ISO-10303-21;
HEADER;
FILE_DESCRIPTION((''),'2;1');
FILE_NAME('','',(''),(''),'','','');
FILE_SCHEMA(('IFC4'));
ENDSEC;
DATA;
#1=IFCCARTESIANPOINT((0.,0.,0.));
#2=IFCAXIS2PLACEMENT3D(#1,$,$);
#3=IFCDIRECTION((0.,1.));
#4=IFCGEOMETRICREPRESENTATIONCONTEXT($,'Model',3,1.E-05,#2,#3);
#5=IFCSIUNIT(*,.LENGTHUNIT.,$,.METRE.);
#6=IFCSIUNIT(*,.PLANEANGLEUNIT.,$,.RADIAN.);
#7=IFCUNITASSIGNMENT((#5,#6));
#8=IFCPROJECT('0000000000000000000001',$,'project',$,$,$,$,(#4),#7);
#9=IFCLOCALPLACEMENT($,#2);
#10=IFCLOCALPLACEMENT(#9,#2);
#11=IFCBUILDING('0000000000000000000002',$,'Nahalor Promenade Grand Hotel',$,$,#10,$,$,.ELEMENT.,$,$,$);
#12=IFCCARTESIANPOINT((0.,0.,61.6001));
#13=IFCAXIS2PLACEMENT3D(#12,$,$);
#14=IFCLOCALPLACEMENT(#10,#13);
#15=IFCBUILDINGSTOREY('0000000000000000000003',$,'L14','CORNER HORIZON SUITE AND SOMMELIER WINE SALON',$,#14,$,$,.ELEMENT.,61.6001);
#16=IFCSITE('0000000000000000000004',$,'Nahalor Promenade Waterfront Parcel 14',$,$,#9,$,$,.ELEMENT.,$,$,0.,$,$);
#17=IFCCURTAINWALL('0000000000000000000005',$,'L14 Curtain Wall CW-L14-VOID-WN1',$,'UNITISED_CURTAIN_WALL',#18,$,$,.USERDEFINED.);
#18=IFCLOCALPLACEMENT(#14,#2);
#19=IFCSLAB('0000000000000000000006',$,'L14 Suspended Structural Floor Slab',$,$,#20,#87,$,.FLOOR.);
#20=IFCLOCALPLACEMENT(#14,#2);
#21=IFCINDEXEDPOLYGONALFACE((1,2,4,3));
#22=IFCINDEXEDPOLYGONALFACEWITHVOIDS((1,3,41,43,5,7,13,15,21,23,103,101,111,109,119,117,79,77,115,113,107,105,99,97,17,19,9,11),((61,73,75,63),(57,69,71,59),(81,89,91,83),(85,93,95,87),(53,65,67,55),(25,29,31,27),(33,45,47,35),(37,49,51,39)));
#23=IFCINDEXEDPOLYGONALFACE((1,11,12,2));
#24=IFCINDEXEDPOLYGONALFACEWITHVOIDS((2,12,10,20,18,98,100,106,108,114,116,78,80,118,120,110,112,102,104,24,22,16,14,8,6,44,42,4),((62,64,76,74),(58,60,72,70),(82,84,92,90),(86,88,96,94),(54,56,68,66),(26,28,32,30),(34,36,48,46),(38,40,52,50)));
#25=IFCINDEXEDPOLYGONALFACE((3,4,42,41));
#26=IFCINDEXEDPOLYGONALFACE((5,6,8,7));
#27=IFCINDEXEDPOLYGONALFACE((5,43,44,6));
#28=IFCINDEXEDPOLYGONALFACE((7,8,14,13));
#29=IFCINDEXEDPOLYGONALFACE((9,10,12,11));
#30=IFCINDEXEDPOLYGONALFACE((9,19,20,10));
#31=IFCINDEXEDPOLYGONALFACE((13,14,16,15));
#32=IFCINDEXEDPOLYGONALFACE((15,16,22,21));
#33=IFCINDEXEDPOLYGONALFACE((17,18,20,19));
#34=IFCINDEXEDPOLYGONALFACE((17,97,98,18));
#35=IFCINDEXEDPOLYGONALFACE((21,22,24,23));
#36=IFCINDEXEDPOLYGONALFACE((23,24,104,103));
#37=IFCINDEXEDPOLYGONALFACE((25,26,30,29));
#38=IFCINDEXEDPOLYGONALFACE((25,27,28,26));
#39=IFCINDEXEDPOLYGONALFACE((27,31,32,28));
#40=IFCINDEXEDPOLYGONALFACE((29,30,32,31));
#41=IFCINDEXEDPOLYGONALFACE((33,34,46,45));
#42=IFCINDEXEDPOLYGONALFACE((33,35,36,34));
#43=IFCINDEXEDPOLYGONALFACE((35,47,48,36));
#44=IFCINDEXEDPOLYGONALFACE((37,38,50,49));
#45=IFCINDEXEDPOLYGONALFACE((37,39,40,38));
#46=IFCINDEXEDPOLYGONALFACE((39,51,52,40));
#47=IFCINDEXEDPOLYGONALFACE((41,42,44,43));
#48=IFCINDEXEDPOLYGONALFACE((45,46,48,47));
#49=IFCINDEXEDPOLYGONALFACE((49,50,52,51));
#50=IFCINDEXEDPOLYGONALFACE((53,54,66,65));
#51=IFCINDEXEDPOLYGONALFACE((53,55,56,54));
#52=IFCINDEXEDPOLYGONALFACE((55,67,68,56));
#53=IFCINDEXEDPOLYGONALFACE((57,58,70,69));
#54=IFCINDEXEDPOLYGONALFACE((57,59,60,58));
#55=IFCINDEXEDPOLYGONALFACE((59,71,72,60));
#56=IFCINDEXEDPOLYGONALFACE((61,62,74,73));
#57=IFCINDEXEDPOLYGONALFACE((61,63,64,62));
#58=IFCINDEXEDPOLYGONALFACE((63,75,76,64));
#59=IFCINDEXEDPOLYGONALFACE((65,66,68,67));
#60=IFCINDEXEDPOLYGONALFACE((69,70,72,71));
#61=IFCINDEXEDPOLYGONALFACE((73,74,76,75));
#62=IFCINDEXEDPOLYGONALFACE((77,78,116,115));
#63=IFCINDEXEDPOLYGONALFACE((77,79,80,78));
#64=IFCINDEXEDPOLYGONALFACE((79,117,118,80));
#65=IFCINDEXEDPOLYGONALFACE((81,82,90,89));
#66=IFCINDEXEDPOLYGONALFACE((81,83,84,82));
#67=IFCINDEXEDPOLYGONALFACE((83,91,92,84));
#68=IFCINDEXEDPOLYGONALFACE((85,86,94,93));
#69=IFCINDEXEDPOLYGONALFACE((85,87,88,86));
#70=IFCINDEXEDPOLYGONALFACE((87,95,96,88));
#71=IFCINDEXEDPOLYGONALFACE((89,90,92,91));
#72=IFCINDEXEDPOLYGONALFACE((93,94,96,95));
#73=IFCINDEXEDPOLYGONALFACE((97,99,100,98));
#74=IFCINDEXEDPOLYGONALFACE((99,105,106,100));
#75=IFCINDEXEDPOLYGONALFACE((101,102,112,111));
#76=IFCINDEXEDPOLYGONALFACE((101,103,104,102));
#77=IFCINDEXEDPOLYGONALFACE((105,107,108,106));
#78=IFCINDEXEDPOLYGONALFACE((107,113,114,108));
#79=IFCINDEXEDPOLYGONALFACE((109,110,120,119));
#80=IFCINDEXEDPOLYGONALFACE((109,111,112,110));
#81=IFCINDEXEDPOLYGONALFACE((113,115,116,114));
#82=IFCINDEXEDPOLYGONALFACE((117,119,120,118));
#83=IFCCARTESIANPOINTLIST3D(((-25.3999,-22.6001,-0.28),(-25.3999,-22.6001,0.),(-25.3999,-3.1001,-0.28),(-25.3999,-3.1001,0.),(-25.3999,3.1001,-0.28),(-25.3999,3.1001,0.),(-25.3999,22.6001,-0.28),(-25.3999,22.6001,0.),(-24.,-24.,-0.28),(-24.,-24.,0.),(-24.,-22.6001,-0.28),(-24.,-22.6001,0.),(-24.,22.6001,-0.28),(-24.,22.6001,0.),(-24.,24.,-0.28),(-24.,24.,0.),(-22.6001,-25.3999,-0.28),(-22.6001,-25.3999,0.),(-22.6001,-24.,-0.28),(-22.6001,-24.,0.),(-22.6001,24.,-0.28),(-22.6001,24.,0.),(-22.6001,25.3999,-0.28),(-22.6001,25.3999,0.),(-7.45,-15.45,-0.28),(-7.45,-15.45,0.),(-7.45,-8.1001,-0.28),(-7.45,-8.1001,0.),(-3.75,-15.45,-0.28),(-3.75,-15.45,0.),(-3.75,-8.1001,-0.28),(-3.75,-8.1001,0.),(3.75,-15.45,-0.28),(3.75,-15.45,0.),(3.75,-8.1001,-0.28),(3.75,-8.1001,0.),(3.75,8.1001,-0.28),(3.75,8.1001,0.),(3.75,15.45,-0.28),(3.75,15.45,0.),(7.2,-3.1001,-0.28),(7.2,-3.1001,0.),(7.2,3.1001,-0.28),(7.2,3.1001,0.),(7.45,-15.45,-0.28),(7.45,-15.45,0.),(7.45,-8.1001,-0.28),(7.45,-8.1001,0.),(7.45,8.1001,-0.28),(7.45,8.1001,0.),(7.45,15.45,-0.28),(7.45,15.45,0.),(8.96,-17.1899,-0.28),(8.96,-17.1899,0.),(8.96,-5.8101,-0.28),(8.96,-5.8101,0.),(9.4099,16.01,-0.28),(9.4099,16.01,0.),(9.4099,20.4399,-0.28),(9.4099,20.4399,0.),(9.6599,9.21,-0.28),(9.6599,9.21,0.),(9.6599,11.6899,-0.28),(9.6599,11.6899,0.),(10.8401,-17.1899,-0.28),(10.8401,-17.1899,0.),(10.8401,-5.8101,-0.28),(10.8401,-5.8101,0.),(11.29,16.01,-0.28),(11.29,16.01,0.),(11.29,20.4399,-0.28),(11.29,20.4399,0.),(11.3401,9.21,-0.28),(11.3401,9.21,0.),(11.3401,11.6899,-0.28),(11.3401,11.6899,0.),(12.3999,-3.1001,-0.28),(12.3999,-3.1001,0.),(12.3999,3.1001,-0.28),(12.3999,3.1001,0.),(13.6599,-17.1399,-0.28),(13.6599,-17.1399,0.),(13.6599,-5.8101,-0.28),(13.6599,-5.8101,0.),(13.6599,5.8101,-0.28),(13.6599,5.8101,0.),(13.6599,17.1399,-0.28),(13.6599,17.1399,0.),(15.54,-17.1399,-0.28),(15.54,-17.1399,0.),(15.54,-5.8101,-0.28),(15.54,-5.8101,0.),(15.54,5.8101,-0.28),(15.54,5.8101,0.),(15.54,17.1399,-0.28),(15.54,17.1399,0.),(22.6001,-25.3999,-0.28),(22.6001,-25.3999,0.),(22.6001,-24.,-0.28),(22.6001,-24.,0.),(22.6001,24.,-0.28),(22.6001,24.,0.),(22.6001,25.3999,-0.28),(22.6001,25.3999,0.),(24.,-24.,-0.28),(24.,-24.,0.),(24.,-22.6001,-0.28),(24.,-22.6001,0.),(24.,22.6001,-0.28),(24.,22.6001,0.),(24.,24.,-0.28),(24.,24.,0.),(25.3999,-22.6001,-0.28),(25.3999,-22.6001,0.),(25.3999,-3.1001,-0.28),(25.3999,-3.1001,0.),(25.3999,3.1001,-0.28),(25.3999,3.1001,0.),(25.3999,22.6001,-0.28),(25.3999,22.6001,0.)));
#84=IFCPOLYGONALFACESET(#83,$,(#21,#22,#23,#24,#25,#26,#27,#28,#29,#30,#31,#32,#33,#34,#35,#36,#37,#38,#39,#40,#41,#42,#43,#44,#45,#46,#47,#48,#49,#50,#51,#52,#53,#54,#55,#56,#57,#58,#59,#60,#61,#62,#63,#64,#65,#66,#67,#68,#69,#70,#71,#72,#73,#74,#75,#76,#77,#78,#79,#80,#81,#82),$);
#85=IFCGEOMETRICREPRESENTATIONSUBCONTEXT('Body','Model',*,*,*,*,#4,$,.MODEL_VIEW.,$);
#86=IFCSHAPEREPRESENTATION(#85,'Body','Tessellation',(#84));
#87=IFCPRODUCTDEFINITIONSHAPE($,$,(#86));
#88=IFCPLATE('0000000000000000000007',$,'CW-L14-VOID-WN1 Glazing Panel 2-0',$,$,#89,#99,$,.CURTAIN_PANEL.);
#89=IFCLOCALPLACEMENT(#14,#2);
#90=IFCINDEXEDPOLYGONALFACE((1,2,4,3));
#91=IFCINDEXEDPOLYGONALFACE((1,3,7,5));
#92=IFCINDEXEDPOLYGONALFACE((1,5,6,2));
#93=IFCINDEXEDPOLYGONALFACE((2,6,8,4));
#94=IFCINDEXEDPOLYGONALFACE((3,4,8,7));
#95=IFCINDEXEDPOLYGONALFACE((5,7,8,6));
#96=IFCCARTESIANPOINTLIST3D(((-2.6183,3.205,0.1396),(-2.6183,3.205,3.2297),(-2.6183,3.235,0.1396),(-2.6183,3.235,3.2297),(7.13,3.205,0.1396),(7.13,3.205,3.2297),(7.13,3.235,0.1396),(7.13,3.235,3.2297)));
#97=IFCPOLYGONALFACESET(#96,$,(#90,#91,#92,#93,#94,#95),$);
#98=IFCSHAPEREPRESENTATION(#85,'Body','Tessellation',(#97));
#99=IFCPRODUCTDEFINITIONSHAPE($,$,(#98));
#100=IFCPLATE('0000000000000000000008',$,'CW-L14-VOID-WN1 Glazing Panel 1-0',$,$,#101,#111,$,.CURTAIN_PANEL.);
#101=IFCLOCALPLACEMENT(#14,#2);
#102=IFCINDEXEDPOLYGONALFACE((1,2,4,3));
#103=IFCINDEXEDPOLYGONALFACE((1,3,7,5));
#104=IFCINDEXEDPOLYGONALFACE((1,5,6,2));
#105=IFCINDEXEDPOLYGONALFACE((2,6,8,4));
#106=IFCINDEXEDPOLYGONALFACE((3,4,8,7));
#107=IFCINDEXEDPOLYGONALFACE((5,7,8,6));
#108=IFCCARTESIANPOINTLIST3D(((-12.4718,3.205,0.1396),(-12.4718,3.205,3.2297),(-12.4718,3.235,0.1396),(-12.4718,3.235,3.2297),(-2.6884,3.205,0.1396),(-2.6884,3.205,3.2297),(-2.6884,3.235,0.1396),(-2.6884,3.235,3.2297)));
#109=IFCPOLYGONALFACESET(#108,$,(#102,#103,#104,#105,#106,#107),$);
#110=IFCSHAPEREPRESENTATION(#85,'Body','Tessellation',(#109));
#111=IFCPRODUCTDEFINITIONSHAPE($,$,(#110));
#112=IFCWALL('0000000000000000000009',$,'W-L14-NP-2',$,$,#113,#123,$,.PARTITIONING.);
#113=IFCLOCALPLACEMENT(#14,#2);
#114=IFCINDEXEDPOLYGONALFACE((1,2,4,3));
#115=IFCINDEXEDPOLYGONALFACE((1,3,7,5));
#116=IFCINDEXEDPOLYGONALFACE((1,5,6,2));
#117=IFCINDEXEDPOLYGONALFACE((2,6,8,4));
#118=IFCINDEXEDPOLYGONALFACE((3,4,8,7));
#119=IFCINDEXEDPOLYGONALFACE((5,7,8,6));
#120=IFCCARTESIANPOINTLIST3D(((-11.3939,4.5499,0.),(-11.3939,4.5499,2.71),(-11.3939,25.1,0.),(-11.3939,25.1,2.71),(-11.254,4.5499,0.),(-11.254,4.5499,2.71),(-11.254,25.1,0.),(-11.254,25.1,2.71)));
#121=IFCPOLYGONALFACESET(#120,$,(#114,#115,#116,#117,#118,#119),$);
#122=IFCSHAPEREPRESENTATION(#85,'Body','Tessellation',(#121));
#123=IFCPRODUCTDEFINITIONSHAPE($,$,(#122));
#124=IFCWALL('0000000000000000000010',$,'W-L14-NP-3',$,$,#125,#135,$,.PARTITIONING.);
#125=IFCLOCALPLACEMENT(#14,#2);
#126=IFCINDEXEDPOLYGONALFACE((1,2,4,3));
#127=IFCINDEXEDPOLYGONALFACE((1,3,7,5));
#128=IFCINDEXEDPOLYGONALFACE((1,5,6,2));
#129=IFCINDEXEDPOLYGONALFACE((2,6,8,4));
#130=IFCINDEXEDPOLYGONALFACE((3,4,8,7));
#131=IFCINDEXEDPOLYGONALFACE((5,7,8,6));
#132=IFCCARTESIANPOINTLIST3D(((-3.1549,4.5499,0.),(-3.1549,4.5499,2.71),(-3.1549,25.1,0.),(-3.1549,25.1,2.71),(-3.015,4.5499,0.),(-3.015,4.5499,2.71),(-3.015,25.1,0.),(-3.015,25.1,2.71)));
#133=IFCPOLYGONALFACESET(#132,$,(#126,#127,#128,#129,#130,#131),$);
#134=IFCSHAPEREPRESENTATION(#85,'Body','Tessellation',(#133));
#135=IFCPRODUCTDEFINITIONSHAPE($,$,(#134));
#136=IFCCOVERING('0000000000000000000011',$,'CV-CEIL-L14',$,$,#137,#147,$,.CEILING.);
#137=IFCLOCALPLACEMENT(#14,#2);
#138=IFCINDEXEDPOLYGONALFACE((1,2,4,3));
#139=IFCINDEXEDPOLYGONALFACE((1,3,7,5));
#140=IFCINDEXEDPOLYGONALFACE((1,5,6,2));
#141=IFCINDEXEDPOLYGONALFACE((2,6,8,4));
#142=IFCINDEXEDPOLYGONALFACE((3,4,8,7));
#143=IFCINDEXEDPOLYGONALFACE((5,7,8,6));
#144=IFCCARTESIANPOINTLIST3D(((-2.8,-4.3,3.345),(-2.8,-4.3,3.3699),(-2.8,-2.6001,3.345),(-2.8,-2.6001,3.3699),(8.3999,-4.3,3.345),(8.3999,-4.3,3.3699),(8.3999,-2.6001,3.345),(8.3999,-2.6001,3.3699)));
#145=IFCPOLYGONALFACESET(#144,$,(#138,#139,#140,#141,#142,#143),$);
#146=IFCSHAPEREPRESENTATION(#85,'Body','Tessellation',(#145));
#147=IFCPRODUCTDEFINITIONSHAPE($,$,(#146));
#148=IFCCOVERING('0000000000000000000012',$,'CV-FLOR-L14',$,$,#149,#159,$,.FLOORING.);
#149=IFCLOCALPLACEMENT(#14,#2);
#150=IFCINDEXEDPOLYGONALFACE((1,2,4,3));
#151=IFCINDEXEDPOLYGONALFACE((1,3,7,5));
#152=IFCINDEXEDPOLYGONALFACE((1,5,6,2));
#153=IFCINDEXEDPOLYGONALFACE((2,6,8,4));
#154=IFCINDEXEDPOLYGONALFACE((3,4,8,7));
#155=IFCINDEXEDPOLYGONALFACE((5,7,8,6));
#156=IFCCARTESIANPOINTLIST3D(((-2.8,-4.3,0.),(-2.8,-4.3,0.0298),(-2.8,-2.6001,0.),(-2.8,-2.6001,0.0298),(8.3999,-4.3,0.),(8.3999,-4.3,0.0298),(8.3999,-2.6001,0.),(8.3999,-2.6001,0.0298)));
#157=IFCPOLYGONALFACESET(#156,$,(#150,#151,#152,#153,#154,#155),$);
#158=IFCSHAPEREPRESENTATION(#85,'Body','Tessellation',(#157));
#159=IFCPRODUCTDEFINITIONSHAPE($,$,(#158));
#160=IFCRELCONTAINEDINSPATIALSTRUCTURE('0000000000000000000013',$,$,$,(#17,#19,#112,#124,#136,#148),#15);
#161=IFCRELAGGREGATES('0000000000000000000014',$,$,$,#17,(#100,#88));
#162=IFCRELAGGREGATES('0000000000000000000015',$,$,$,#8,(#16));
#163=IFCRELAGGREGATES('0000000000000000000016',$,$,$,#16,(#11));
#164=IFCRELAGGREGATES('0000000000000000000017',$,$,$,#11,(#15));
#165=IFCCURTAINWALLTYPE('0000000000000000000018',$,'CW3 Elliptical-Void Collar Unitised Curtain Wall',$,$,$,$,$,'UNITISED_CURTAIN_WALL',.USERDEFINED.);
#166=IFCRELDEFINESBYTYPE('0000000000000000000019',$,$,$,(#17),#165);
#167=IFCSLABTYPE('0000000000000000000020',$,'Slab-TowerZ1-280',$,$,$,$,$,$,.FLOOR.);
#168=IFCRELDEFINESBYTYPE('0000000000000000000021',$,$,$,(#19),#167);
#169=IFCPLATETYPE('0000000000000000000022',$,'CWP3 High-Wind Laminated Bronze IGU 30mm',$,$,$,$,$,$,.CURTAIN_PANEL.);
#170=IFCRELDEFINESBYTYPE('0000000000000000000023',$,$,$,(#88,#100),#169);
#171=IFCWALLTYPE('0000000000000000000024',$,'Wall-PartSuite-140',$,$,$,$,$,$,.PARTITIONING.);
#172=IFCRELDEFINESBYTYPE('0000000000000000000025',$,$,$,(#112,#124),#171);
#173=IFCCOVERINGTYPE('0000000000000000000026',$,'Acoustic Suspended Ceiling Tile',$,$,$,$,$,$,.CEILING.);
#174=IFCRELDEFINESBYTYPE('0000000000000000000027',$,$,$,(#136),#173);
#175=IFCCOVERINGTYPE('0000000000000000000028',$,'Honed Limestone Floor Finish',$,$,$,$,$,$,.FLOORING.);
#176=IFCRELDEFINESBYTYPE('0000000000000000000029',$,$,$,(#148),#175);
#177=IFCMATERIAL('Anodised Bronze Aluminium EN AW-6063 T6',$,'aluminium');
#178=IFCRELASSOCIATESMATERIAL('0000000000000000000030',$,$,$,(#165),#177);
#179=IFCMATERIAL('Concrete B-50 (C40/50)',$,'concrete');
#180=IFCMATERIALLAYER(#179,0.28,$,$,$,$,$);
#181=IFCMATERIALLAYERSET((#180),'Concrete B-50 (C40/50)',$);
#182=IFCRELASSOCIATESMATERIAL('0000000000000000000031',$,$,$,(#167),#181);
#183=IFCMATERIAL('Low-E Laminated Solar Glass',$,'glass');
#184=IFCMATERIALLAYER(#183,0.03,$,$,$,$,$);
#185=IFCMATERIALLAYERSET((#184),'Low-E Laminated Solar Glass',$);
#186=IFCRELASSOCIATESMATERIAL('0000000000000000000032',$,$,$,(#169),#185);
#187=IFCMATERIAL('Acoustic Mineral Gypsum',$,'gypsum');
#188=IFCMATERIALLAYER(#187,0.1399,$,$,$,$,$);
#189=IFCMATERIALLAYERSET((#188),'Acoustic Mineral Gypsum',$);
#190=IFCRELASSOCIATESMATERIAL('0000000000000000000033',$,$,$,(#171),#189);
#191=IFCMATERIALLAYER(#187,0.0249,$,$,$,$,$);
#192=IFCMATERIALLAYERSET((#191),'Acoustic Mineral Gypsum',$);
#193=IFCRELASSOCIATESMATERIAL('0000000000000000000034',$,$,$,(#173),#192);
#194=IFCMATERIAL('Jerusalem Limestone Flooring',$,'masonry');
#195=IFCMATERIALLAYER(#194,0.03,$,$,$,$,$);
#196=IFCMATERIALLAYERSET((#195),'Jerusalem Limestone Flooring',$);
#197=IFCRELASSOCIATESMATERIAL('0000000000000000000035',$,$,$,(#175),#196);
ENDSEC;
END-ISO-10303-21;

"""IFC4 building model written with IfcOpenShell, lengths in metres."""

from ifc_helpers import new_model, si_unit, direction, frame, frame_2d, origin, origin_2d, place, context, subcontext, project, spatial, polyline, rectangle, outline, extrude, source, transform, mapped, material, layer, layer_set, type_object, element, aggregate, save


model = new_model("IFC4")

# Units and contexts
model_context = context("Model", 3, precision=1e-05, world=origin(), true_north=direction((0.0, 1.0)))
body_context = subcontext(model_context, "Body", "Model", "MODEL_VIEW")
ifc_project = project(units=[si_unit("LENGTHUNIT", "METRE"), si_unit("PLANEANGLEUNIT", "RADIAN")], contexts=[model_context])

# Site, building, storey
site_placement = place(None, origin())
site = spatial("IfcSite", under=ifc_project, at=site_placement, Name="Nahalor Promenade Waterfront Parcel 14", CompositionType="ELEMENT", RefElevation=0.0)
building_placement = place(site_placement, origin())
building = spatial("IfcBuilding", under=site, at=building_placement, Name="Nahalor Promenade Grand Hotel", CompositionType="ELEMENT")
storey_placement = place(building_placement, frame((0.0, 0.0, 61.6001)))
storey = spatial("IfcBuildingStorey", under=building, at=storey_placement, Name="L14", Description="CORNER HORIZON SUITE AND SOMMELIER WINE SALON", CompositionType="ELEMENT", Elevation=61.6001)

# Curtain wall
ifc_material_1 = material(Name="Anodised Bronze Aluminium EN AW-6063 T6", Category="aluminium")
curtain_wall_type = type_object("IfcCurtainWallType", Name="CW3 Elliptical-Void Collar Unitised Curtain Wall", ElementType="UNITISED_CURTAIN_WALL", PredefinedType="USERDEFINED", material=ifc_material_1)
curtain_wall_placement = place(storey_placement, origin())
curtain_wall = element("IfcCurtainWall", 1, at=curtain_wall_placement, inside=storey, type_object=curtain_wall_type, Name="L14 Curtain Wall CW-L14-VOID-WN1", ObjectType="UNITISED_CURTAIN_WALL", PredefinedType="USERDEFINED")

# Shared definitions
ifc_material_2 = material(Name="Concrete B-50 (C40/50)", Category="concrete")

# Slab
ifc_layer_1 = layer(ifc_material_2, 0.28)
ifc_layer_set_1 = layer_set([ifc_layer_1], Name="Concrete B-50 (C40/50)")
slab_type_1 = type_object("IfcSlabType", Name="Slab-TowerZ1-280", PredefinedType="FLOOR", material=ifc_layer_set_1)
slab_1_placement = place(storey_placement, frame((0.0, 0.0, -0.28)))
element("IfcSlab", 2, at=slab_1_placement, inside=storey, type_object=slab_type_1, Name="L14 Suspended Structural Floor Slab", PredefinedType="FLOOR", context=body_context, shape_type="SweptSolid", body=[
    extrude(outline(polyline([(-22.6001, -25.3999), (22.6001, -25.3999), (22.6001, -24.0), (24.0, -24.0), (24.0, -22.6001), (25.3999, -22.6001), (25.3999, -3.1001), (12.3999, -3.1001), (12.3999, 3.1001), (25.3999, 3.1001), (25.3999, 22.6001), (24.0, 22.6001), (24.0, 24.0), (22.6001, 24.0), (22.6001, 25.3999), (-22.6001, 25.3999), (-22.6001, 24.0), (-24.0, 24.0), (-24.0, 22.6001), (-25.3999, 22.6001), (-25.3999, 3.1001), (7.2, 3.1001), (7.2, -3.1001), (-25.3999, -3.1001), (-25.3999, -22.6001), (-24.0, -22.6001), (-24.0, -24.0), (-22.6001, -24.0), (-22.6001, -25.3999)]), holes=[polyline([(3.75, 8.1001), (7.45, 8.1001), (7.45, 15.45), (3.75, 15.45), (3.75, 8.1001)]), polyline([(3.75, -15.45), (7.45, -15.45), (7.45, -8.1001), (3.75, -8.1001), (3.75, -15.45)]), polyline([(-7.45, -15.45), (-3.75, -15.45), (-3.75, -8.1001), (-7.45, -8.1001), (-7.45, -15.45)]), polyline([(13.6599, 5.8101), (15.54, 5.8101), (15.54, 17.1399), (13.6599, 17.1399), (13.6599, 5.8101)]), polyline([(13.6599, -17.1399), (15.54, -17.1399), (15.54, -5.8101), (13.6599, -5.8101), (13.6599, -17.1399)]), polyline([(8.96, -17.1899), (10.8401, -17.1899), (10.8401, -5.8101), (8.96, -5.8101), (8.96, -17.1899)]), polyline([(9.4099, 16.01), (11.29, 16.01), (11.29, 20.4399), (9.4099, 20.4399), (9.4099, 16.01)]), polyline([(9.6599, 9.21), (11.3401, 9.21), (11.3401, 11.6899), (9.6599, 11.6899), (9.6599, 9.21)])]), origin(), (0.0, 0.0, 1.0), 0.28),
])

# Plates
ifc_material_3 = material(Name="Low-E Laminated Solar Glass", Category="glass")
ifc_layer_2 = layer(ifc_material_3, 0.03)
ifc_layer_set_2 = layer_set([ifc_layer_2], Name="Low-E Laminated Solar Glass")
plate_type = type_object("IfcPlateType", Name="CWP3 High-Wind Laminated Bronze IGU 30mm", PredefinedType="CURTAIN_PANEL", material=ifc_layer_set_2)
shared_shape_1 = source(origin(), body_context, "Body", "SweptSolid", [
    extrude(rectangle(XDim=9.7483, YDim=0.03, at=origin_2d()), origin(), (0.0, 0.0, 1.0), 3.0901),
])
plate_1_placement = place(storey_placement, frame((2.2559, 3.22, 0.1396), z_axis=(0.0, 0.0, 1.0), x_axis=(1.0, 0.0, 0.0)))
plate_1 = element("IfcPlate", 3, at=plate_1_placement, type_object=plate_type, Name="CW-L14-VOID-WN1 Glazing Panel 2-0", PredefinedType="CURTAIN_PANEL", context=body_context, shape_type="MappedRepresentation", body=[
    mapped(shared_shape_1, transform((0.0, 0.0, 0.0), scale=1.0)),
])
shared_shape_2 = source(origin(), body_context, "Body", "SweptSolid", [
    extrude(rectangle(XDim=9.7834, YDim=0.03, at=origin_2d()), origin(), (0.0, 0.0, 1.0), 3.0901),
])
plate_2_placement = place(storey_placement, frame((-7.5801, 3.22, 0.1396), z_axis=(0.0, 0.0, 1.0), x_axis=(1.0, 0.0, 0.0)))
plate_2 = element("IfcPlate", 4, at=plate_2_placement, type_object=plate_type, Name="CW-L14-VOID-WN1 Glazing Panel 1-0", PredefinedType="CURTAIN_PANEL", context=body_context, shape_type="MappedRepresentation", body=[
    mapped(shared_shape_2, transform((0.0, 0.0, 0.0), scale=1.0)),
])
aggregate(curtain_wall, [plate_2, plate_1])

# Walls
ifc_material_4 = material(Name="Acoustic Mineral Gypsum", Category="gypsum")
ifc_layer_3 = layer(ifc_material_4, 0.1399)
ifc_layer_set_3 = layer_set([ifc_layer_3], Name="Acoustic Mineral Gypsum")
wall_type = type_object("IfcWallType", Name="Wall-PartSuite-140", PredefinedType="PARTITIONING", material=ifc_layer_set_3)
shared_shape_3 = source(origin(), body_context, "Body", "SweptSolid", [
    extrude(rectangle(XDim=20.55, YDim=0.1399, at=frame_2d((10.2749, 0.0))), origin(), (0.0, 0.0, 1.0), 2.71),
])
for number, where, z_axis, x_axis, name in (
    (5, (-11.324, 4.55, 0.0), (0.0, 0.0, 1.0), (0.0, 1.0, 0.0), "W-L14-NP-2"),
    (6, (-3.085, 4.55, 0.0), (0.0, 0.0, 1.0), (0.0, 1.0, 0.0), "W-L14-NP-3"),
):
    element("IfcWall", number, at=place(storey_placement, frame(where, z_axis=z_axis, x_axis=x_axis)), inside=storey, type_object=wall_type, Name=name, PredefinedType="PARTITIONING", context=body_context, shape_type="MappedRepresentation", body=[
        mapped(shared_shape_3, transform((0.0, 0.0, 0.0), scale=1.0)),
    ])

# Coverings
ifc_layer_4 = layer(ifc_material_4, 0.0249)
ifc_layer_set_4 = layer_set([ifc_layer_4], Name="Acoustic Mineral Gypsum")
covering_type_1 = type_object("IfcCoveringType", Name="Acoustic Suspended Ceiling Tile", PredefinedType="CEILING", material=ifc_layer_set_4)
covering_1_placement = place(storey_placement, frame((0.0, 0.0, 3.345)))
element("IfcCovering", 7, at=covering_1_placement, inside=storey, type_object=covering_type_1, Name="CV-CEIL-L14", PredefinedType="CEILING", context=body_context, shape_type="SweptSolid", body=[
    extrude(outline(polyline([(-2.8, -4.3), (8.3999, -4.3), (8.3999, -2.6001), (-2.8, -2.6001), (-2.8, -4.3)])), origin(), (0.0, 0.0, 1.0), 0.0249),
])
ifc_material_5 = material(Name="Jerusalem Limestone Flooring", Category="masonry")
ifc_layer_5 = layer(ifc_material_5, 0.03)
ifc_layer_set_5 = layer_set([ifc_layer_5], Name="Jerusalem Limestone Flooring")
covering_type_2 = type_object("IfcCoveringType", Name="Honed Limestone Floor Finish", PredefinedType="FLOORING", material=ifc_layer_set_5)
covering_2_placement = place(storey_placement, origin())
element("IfcCovering", 8, at=covering_2_placement, inside=storey, type_object=covering_type_2, Name="CV-FLOR-L14", PredefinedType="FLOORING", context=body_context, shape_type="SweptSolid", body=[
    extrude(outline(polyline([(-2.8, -4.3), (8.3999, -4.3), (8.3999, -2.6001), (-2.8, -2.6001), (-2.8, -4.3)])), origin(), (0.0, 0.0, 1.0), 0.0298),
])

save(model, "model.ifc")
